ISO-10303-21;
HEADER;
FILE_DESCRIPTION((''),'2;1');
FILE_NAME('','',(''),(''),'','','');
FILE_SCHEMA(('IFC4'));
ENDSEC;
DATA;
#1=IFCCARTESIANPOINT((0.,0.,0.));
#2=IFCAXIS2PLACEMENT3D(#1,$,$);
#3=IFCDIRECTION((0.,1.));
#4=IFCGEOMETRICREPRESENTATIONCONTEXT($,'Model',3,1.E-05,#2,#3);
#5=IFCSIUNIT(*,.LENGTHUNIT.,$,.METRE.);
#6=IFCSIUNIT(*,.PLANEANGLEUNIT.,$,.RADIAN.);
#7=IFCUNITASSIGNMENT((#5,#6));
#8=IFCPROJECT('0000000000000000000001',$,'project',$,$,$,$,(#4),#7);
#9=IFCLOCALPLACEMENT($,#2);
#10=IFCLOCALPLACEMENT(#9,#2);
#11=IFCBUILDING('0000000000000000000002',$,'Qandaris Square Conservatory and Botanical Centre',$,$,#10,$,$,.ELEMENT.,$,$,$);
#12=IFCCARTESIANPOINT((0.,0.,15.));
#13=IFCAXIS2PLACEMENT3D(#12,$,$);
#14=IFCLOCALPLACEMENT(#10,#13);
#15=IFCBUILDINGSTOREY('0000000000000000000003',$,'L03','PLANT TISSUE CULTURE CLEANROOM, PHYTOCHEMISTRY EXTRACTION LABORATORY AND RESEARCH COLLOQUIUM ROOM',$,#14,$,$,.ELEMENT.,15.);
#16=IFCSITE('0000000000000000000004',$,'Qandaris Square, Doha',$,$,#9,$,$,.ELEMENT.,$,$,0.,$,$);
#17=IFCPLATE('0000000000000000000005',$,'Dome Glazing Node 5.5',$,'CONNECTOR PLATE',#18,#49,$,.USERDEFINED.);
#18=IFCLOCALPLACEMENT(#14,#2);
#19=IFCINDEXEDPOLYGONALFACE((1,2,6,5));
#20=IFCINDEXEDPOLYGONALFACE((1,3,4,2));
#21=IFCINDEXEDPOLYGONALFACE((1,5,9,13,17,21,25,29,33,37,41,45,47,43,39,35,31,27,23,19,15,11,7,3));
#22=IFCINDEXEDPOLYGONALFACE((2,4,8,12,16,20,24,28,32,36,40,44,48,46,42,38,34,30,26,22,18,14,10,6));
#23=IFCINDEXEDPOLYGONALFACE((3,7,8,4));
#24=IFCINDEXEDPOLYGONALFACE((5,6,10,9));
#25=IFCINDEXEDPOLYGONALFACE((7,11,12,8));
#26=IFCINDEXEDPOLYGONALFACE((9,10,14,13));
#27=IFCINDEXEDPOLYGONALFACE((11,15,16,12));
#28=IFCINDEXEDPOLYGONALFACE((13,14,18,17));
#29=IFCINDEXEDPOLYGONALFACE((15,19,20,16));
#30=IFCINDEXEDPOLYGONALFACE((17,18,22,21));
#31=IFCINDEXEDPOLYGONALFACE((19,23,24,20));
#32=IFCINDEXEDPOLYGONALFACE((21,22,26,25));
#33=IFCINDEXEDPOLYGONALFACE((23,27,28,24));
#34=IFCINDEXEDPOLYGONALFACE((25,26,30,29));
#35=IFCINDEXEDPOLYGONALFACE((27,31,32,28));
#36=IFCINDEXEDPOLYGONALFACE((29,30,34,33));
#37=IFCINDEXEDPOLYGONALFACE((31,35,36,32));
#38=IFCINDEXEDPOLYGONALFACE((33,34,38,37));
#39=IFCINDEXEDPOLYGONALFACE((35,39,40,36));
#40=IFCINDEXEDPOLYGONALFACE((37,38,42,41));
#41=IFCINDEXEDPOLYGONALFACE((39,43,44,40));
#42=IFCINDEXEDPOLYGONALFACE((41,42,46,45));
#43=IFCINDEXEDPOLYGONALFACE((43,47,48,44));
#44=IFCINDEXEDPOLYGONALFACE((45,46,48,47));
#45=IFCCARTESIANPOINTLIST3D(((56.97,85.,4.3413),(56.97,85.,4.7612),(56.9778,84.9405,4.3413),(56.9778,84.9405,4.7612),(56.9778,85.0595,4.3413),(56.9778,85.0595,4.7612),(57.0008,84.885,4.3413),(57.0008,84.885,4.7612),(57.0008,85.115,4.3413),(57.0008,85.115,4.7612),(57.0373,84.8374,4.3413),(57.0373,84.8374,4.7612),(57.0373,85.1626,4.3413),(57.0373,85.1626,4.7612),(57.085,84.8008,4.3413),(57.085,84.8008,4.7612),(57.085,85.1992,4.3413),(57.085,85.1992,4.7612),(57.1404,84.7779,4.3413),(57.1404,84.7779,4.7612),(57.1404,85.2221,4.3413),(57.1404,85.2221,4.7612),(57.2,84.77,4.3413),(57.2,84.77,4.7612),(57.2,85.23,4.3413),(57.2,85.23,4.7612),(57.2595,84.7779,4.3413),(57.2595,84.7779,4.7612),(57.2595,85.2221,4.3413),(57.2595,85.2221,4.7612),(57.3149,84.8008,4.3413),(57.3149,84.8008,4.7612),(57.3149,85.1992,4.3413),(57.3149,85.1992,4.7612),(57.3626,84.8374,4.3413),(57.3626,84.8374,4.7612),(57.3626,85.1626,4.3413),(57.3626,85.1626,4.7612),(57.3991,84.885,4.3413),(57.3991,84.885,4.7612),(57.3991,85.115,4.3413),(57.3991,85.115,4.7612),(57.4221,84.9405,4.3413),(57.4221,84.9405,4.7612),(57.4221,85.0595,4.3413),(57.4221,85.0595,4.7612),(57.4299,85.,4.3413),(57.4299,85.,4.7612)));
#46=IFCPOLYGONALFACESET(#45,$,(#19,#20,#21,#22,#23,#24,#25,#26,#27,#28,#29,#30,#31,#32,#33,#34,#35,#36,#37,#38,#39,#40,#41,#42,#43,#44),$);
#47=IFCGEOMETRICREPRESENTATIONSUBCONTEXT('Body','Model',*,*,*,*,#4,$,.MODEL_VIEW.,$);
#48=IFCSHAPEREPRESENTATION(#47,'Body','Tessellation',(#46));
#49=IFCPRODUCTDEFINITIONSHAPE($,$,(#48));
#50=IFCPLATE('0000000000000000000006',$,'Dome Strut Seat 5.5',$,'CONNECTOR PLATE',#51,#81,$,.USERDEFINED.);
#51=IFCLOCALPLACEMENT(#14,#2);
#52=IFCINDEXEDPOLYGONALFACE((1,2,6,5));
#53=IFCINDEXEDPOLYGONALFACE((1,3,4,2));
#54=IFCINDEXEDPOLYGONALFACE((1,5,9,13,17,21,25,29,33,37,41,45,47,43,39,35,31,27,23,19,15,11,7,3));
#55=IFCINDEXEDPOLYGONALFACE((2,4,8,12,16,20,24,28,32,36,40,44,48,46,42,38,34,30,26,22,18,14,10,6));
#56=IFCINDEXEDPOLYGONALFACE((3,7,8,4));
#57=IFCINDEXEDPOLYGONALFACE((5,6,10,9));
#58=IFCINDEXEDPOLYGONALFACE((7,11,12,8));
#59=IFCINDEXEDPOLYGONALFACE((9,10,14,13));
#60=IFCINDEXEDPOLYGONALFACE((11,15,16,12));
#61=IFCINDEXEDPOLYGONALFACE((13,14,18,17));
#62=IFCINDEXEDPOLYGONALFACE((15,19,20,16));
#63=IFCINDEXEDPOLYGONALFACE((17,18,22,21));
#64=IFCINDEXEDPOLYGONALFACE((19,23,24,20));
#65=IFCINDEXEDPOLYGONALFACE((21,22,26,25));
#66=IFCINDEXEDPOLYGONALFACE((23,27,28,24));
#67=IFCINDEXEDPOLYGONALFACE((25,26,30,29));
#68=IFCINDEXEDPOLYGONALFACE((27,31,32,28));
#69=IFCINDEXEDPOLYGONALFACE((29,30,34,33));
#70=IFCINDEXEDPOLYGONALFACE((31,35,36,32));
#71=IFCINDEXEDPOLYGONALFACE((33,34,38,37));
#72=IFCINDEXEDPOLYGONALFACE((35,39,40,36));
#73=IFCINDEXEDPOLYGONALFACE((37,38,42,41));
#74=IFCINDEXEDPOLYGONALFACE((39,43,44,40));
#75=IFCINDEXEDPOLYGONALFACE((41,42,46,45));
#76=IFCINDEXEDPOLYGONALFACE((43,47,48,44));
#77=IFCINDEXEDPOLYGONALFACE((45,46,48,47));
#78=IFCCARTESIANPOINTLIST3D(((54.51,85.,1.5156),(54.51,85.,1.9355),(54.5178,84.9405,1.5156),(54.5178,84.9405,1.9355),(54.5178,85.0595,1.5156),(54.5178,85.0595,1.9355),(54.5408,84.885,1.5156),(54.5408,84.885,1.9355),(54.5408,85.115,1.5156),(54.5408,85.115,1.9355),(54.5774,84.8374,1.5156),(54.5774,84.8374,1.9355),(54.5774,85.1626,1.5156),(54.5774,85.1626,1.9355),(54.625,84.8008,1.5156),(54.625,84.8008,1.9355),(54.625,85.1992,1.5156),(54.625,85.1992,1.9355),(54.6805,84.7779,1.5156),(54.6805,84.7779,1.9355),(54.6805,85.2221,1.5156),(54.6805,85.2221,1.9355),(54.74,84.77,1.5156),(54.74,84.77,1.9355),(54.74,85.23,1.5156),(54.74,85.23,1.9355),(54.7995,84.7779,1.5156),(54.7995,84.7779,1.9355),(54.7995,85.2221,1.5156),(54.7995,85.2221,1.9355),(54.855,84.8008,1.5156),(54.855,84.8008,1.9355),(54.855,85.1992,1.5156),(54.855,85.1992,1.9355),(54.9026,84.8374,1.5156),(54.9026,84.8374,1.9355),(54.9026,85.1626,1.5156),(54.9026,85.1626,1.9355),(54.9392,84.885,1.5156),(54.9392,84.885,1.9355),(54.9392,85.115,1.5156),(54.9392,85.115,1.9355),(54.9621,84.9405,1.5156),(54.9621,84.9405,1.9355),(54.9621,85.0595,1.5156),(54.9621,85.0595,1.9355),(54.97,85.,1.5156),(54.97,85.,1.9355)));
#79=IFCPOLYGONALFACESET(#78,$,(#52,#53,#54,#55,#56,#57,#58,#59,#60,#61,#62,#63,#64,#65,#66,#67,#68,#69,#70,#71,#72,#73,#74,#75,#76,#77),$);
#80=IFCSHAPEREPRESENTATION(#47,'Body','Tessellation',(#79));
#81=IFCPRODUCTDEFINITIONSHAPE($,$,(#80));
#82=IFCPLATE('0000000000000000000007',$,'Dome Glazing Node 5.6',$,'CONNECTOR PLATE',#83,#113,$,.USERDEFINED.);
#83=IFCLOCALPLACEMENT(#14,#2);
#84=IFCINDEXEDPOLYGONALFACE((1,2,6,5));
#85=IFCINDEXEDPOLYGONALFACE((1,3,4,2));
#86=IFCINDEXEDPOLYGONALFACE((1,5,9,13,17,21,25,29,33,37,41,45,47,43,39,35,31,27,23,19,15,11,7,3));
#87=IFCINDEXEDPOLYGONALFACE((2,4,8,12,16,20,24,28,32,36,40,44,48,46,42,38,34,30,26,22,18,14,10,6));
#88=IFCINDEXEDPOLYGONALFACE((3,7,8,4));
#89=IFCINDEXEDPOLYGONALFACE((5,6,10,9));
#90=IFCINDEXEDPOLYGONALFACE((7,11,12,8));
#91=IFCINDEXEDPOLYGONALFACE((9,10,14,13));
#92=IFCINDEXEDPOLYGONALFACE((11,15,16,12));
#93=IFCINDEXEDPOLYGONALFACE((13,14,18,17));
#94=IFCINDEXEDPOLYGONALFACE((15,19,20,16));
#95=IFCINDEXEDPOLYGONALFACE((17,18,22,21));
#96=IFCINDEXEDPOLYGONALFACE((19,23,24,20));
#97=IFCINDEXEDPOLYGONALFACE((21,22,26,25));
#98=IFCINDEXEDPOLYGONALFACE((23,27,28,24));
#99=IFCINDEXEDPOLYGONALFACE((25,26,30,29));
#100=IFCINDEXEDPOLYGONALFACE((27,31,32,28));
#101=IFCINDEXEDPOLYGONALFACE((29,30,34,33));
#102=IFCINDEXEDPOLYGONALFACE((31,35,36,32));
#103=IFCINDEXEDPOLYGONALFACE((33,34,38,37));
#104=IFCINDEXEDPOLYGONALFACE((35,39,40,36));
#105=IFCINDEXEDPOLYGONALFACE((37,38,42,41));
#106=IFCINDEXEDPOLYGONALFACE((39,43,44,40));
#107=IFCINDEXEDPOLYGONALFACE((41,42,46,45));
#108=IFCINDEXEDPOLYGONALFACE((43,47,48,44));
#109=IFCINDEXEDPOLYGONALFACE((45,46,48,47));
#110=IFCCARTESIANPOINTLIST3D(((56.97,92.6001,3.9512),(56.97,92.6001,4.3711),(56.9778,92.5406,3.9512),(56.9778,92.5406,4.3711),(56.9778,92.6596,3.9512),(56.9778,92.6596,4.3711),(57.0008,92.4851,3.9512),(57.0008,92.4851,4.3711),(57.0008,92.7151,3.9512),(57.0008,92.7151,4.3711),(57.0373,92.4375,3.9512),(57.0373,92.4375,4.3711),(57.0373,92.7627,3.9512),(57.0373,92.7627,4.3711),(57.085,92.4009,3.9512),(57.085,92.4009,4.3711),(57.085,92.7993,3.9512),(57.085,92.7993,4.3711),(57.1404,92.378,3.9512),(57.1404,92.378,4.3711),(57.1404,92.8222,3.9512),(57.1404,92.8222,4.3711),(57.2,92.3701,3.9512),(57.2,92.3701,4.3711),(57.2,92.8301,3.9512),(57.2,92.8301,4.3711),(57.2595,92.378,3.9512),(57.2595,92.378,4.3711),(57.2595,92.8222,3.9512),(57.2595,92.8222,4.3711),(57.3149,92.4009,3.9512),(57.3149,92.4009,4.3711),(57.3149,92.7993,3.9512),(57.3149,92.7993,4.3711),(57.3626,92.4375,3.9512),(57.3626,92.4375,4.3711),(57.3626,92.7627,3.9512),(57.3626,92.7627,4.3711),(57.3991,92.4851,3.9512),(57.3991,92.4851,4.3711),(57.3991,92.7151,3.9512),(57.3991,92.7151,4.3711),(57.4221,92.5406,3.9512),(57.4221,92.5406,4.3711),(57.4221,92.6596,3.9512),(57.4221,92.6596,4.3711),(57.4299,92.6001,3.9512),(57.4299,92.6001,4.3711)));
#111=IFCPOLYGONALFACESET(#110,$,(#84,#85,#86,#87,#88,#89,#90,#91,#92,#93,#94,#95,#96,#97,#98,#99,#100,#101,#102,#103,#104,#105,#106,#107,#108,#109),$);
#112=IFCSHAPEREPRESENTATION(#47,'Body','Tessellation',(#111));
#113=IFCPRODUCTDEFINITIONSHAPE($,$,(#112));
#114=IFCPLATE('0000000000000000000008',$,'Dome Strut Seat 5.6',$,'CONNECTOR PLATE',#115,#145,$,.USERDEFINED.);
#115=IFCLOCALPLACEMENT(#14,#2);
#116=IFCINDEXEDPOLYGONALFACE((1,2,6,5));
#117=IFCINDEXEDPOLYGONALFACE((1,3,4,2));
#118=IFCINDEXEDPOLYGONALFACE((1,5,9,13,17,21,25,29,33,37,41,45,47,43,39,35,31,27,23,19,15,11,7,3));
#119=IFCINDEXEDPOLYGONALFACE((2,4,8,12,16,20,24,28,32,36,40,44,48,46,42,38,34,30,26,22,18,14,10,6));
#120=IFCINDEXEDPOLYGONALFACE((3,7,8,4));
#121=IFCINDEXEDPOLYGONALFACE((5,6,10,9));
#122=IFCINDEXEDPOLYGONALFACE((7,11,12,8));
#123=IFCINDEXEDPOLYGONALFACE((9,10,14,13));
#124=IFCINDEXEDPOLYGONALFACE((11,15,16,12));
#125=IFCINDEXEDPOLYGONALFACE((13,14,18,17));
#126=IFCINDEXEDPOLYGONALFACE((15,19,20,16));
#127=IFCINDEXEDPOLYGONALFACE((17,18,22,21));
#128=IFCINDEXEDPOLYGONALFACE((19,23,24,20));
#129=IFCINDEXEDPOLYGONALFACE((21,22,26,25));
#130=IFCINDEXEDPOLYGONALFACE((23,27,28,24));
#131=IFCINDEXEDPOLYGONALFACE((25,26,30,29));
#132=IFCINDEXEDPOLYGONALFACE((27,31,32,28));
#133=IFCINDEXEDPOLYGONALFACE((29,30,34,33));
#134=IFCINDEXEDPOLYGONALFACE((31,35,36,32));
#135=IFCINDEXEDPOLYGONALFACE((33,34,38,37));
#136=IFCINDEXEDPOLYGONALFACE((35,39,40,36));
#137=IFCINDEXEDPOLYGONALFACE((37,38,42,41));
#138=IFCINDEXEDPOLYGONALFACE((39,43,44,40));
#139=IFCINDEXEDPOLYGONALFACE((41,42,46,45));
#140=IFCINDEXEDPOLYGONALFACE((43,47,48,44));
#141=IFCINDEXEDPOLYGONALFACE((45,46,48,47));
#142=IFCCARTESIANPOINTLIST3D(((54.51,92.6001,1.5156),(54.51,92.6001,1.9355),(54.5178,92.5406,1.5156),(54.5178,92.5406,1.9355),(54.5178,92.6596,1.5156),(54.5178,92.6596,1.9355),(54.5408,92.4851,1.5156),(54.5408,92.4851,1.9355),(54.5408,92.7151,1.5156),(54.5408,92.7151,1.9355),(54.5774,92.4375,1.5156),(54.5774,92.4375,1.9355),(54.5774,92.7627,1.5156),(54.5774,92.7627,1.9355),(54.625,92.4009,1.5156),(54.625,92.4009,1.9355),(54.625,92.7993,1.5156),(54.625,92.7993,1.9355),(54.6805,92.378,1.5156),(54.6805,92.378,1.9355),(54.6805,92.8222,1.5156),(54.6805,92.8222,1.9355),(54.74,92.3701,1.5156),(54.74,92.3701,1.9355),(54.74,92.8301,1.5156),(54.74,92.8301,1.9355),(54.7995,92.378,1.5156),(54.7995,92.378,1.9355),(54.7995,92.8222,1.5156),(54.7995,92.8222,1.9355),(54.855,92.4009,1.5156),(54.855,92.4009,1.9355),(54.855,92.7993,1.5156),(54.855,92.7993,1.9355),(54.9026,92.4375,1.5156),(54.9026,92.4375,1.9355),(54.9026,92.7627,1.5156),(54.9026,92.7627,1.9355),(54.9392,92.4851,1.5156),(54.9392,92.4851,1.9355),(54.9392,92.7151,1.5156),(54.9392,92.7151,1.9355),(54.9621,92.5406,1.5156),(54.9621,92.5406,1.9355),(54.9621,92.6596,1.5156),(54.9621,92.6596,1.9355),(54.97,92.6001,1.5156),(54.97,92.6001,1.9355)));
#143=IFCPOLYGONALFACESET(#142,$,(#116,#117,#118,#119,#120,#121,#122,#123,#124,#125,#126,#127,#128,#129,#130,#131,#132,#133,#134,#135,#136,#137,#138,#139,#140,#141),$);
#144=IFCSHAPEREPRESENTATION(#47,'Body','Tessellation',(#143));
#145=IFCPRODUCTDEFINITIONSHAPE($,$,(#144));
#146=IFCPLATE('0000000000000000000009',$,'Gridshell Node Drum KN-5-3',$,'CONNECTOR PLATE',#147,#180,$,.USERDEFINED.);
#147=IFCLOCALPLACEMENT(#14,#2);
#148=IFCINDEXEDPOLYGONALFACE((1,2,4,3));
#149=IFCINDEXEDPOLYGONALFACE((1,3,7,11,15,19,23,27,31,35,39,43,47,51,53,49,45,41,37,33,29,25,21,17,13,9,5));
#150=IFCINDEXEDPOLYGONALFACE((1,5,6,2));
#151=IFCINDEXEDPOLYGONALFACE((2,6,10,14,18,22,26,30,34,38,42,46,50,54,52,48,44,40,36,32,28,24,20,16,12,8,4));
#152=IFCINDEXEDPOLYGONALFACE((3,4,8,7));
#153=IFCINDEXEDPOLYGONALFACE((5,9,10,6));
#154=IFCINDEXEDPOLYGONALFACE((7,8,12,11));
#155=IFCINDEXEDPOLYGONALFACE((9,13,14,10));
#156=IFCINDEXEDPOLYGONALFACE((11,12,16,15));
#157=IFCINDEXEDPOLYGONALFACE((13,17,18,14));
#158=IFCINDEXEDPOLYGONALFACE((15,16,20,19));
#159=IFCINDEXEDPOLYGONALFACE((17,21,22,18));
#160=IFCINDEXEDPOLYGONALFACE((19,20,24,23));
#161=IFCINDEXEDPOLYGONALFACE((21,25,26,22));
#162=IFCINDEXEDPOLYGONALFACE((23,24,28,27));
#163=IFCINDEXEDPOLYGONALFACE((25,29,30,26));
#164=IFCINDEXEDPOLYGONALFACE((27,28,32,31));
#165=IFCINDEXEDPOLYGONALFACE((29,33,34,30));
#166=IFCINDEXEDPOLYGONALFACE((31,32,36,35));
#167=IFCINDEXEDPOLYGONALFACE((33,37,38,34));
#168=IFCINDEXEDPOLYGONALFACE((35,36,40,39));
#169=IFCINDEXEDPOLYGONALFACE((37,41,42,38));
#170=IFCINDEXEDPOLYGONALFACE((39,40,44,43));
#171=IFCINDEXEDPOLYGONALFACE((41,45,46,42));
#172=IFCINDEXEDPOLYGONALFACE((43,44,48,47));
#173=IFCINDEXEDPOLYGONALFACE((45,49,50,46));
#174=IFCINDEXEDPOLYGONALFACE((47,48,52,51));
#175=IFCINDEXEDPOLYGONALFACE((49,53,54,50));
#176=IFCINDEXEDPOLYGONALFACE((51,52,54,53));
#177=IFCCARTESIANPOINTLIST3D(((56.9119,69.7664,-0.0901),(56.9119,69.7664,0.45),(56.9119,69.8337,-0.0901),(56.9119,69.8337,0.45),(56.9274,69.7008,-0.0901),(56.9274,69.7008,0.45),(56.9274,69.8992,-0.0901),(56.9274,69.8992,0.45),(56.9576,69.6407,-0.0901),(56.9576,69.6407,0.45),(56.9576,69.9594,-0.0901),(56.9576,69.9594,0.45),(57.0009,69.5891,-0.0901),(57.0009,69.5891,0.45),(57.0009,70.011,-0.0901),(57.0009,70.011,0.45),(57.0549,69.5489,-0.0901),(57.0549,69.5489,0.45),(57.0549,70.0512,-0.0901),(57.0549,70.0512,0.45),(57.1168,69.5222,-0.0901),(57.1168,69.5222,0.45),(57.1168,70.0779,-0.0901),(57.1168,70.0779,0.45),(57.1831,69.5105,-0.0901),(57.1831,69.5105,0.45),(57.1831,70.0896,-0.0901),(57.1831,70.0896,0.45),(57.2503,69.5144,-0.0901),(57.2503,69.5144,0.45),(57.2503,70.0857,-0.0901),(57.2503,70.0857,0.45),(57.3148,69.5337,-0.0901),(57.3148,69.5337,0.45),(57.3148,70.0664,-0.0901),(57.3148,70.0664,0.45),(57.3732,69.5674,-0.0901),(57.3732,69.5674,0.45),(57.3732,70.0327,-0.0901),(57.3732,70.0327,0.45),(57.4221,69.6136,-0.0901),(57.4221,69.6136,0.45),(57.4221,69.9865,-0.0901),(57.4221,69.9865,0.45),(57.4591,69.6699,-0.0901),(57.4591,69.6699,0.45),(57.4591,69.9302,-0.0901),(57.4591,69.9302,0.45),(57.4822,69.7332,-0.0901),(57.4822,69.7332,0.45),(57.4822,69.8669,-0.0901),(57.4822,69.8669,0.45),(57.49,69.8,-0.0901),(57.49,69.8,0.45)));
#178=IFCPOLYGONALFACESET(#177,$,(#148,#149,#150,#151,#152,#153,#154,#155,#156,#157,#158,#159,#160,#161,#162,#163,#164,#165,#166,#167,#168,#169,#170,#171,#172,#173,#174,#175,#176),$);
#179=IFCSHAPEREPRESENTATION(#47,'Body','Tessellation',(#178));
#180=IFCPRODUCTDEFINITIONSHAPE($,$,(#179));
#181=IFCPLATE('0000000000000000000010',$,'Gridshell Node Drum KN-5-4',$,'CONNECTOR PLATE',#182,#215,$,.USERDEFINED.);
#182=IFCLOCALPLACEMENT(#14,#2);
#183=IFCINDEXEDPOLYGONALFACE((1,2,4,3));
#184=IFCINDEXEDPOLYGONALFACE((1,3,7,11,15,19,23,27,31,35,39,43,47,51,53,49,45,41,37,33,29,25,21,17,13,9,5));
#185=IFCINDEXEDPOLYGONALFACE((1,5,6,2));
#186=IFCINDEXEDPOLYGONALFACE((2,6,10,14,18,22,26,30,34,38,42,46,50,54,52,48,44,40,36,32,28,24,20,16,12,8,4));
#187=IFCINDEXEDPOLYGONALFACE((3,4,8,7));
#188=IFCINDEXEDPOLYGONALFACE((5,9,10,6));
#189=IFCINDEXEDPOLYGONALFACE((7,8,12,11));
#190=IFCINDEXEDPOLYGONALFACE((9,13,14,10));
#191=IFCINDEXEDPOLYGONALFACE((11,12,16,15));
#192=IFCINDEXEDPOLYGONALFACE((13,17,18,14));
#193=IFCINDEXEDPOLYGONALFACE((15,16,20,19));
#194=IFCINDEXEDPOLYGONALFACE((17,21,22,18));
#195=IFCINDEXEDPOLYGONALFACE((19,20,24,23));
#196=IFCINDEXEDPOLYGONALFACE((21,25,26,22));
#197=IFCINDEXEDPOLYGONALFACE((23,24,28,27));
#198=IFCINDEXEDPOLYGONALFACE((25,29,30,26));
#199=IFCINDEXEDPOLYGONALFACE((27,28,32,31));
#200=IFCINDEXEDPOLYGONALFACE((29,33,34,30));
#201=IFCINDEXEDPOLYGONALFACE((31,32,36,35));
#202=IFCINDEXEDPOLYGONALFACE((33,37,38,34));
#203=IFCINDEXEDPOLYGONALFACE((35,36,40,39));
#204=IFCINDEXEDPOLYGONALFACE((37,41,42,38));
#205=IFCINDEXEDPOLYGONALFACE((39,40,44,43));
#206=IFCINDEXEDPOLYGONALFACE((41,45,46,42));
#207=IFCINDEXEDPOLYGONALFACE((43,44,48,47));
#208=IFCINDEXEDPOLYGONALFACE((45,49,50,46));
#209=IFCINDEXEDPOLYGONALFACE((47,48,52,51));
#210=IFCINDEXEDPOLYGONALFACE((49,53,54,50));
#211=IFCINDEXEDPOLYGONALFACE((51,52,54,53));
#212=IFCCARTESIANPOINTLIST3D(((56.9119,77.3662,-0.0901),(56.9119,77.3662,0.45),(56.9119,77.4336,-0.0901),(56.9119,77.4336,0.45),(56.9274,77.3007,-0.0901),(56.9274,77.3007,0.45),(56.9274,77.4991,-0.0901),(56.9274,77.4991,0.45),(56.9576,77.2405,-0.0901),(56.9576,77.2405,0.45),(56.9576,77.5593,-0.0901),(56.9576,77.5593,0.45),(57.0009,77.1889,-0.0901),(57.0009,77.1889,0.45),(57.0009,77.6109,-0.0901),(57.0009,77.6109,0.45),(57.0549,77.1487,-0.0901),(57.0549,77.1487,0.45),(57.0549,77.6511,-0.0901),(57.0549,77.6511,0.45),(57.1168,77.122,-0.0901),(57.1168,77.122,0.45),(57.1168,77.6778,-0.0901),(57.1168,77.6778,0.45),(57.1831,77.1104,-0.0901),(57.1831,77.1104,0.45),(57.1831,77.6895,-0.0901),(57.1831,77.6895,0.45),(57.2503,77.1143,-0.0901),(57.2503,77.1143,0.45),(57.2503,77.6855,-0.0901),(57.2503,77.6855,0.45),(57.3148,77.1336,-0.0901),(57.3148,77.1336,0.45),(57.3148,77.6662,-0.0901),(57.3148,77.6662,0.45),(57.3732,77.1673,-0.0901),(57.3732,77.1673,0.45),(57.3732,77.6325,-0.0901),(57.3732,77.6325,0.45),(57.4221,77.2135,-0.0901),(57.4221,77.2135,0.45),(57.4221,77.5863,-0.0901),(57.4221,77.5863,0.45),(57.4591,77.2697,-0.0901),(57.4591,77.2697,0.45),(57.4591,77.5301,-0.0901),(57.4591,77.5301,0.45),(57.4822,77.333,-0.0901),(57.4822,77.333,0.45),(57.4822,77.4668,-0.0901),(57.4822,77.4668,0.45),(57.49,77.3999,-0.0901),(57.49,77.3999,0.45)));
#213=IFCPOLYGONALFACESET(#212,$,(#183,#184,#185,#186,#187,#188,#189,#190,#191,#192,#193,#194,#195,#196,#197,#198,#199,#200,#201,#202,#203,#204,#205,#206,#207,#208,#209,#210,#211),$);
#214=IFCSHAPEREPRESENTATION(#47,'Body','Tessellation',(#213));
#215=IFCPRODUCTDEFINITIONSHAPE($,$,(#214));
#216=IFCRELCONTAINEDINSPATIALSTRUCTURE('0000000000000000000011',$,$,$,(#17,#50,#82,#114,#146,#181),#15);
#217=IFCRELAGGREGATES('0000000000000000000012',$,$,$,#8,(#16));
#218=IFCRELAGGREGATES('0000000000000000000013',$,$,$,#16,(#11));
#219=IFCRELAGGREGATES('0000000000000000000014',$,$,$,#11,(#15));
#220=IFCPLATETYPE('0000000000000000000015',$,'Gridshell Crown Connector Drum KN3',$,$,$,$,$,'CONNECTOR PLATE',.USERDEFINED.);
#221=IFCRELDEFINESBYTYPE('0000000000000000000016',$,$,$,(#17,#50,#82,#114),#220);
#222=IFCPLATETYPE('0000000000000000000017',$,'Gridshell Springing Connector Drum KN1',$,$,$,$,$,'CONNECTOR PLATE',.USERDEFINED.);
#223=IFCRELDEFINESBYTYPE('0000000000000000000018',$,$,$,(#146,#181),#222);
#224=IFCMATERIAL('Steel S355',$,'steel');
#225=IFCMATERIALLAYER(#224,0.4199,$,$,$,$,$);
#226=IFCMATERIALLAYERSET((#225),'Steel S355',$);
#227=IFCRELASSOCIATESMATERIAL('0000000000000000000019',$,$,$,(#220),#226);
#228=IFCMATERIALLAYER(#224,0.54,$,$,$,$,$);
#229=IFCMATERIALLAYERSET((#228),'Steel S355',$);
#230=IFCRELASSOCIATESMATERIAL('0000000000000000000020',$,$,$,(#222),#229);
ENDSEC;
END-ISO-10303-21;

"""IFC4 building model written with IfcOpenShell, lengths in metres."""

from ifc_helpers import new_model, si_unit, direction, frame, origin, origin_2d, place, context, subcontext, project, spatial, circle, extrude, material, layer, layer_set, type_object, element, save


model = new_model("IFC4")

# Units and contexts
model_context = context("Model", 3, precision=1e-05, world=origin(), true_north=direction((0.0, 1.0)))
body_context = subcontext(model_context, "Body", "Model", "MODEL_VIEW")
ifc_project = project(units=[si_unit("LENGTHUNIT", "METRE"), si_unit("PLANEANGLEUNIT", "RADIAN")], contexts=[model_context])

# Site, building, storey
site_placement = place(None, origin())
site = spatial("IfcSite", under=ifc_project, at=site_placement, Name="Qandaris Square, Doha", CompositionType="ELEMENT", RefElevation=0.0)
building_placement = place(site_placement, origin())
building = spatial("IfcBuilding", under=site, at=building_placement, Name="Qandaris Square Conservatory and Botanical Centre", CompositionType="ELEMENT")
storey_placement = place(building_placement, frame((0.0, 0.0, 15.0)))
storey = spatial("IfcBuildingStorey", under=building, at=storey_placement, Name="L03", Description="PLANT TISSUE CULTURE CLEANROOM, PHYTOCHEMISTRY EXTRACTION LABORATORY AND RESEARCH COLLOQUIUM ROOM", CompositionType="ELEMENT", Elevation=15.0)

# Shared definitions
ifc_material_1 = material(Name="Steel S355", Category="steel")

# Plates
ifc_layer_1 = layer(ifc_material_1, 0.4199)
ifc_layer_set_1 = layer_set([ifc_layer_1], Name="Steel S355")
plate_type_1 = type_object("IfcPlateType", Name="Gridshell Crown Connector Drum KN3", ElementType="CONNECTOR PLATE", PredefinedType="USERDEFINED", material=ifc_layer_set_1)
for number, where, z_axis, x_axis, name in (
    (1, (57.2, 85.0, 4.3413), (0.0, 0.0, 1.0), (1.0, 0.0, 0.0), "Dome Glazing Node 5.5"),
    (2, (54.74, 85.0, 1.5156), (0.0, 0.0, 1.0), (1.0, 0.0, 0.0), "Dome Strut Seat 5.5"),
    (3, (57.2, 92.6001, 3.9512), (0.0, 0.0, 1.0), (1.0, 0.0, 0.0), "Dome Glazing Node 5.6"),
    (4, (54.74, 92.6001, 1.5156), (0.0, 0.0, 1.0), (1.0, 0.0, 0.0), "Dome Strut Seat 5.6"),
):
    element("IfcPlate", number, at=place(storey_placement, frame(where, z_axis=z_axis, x_axis=x_axis)), inside=storey, type_object=plate_type_1, Name=name, ObjectType="CONNECTOR PLATE", PredefinedType="USERDEFINED", context=body_context, shape_type="SweptSolid", body=[
        extrude(circle(Radius=0.23, at=origin_2d()), origin(), (0.0, 0.0, 1.0), 0.4199),
    ])
ifc_layer_2 = layer(ifc_material_1, 0.54)
ifc_layer_set_2 = layer_set([ifc_layer_2], Name="Steel S355")
plate_type_2 = type_object("IfcPlateType", Name="Gridshell Springing Connector Drum KN1", ElementType="CONNECTOR PLATE", PredefinedType="USERDEFINED", material=ifc_layer_set_2)
for number, where, z_axis, x_axis, name in (
    (5, (57.2, 69.8, -0.0901), (0.0, 0.0, 1.0), (1.0, 0.0, 0.0), "Gridshell Node Drum KN-5-3"),
    (6, (57.2, 77.3999, -0.0901), (0.0, 0.0, 1.0), (1.0, 0.0, 0.0), "Gridshell Node Drum KN-5-4"),
):
    element("IfcPlate", number, at=place(storey_placement, frame(where, z_axis=z_axis, x_axis=x_axis)), inside=storey, type_object=plate_type_2, Name=name, ObjectType="CONNECTOR PLATE", PredefinedType="USERDEFINED", context=body_context, shape_type="SweptSolid", body=[
        extrude(circle(Radius=0.29, at=origin_2d()), origin(), (0.0, 0.0, 1.0), 0.54),
    ])

save(model, "model.ifc")
